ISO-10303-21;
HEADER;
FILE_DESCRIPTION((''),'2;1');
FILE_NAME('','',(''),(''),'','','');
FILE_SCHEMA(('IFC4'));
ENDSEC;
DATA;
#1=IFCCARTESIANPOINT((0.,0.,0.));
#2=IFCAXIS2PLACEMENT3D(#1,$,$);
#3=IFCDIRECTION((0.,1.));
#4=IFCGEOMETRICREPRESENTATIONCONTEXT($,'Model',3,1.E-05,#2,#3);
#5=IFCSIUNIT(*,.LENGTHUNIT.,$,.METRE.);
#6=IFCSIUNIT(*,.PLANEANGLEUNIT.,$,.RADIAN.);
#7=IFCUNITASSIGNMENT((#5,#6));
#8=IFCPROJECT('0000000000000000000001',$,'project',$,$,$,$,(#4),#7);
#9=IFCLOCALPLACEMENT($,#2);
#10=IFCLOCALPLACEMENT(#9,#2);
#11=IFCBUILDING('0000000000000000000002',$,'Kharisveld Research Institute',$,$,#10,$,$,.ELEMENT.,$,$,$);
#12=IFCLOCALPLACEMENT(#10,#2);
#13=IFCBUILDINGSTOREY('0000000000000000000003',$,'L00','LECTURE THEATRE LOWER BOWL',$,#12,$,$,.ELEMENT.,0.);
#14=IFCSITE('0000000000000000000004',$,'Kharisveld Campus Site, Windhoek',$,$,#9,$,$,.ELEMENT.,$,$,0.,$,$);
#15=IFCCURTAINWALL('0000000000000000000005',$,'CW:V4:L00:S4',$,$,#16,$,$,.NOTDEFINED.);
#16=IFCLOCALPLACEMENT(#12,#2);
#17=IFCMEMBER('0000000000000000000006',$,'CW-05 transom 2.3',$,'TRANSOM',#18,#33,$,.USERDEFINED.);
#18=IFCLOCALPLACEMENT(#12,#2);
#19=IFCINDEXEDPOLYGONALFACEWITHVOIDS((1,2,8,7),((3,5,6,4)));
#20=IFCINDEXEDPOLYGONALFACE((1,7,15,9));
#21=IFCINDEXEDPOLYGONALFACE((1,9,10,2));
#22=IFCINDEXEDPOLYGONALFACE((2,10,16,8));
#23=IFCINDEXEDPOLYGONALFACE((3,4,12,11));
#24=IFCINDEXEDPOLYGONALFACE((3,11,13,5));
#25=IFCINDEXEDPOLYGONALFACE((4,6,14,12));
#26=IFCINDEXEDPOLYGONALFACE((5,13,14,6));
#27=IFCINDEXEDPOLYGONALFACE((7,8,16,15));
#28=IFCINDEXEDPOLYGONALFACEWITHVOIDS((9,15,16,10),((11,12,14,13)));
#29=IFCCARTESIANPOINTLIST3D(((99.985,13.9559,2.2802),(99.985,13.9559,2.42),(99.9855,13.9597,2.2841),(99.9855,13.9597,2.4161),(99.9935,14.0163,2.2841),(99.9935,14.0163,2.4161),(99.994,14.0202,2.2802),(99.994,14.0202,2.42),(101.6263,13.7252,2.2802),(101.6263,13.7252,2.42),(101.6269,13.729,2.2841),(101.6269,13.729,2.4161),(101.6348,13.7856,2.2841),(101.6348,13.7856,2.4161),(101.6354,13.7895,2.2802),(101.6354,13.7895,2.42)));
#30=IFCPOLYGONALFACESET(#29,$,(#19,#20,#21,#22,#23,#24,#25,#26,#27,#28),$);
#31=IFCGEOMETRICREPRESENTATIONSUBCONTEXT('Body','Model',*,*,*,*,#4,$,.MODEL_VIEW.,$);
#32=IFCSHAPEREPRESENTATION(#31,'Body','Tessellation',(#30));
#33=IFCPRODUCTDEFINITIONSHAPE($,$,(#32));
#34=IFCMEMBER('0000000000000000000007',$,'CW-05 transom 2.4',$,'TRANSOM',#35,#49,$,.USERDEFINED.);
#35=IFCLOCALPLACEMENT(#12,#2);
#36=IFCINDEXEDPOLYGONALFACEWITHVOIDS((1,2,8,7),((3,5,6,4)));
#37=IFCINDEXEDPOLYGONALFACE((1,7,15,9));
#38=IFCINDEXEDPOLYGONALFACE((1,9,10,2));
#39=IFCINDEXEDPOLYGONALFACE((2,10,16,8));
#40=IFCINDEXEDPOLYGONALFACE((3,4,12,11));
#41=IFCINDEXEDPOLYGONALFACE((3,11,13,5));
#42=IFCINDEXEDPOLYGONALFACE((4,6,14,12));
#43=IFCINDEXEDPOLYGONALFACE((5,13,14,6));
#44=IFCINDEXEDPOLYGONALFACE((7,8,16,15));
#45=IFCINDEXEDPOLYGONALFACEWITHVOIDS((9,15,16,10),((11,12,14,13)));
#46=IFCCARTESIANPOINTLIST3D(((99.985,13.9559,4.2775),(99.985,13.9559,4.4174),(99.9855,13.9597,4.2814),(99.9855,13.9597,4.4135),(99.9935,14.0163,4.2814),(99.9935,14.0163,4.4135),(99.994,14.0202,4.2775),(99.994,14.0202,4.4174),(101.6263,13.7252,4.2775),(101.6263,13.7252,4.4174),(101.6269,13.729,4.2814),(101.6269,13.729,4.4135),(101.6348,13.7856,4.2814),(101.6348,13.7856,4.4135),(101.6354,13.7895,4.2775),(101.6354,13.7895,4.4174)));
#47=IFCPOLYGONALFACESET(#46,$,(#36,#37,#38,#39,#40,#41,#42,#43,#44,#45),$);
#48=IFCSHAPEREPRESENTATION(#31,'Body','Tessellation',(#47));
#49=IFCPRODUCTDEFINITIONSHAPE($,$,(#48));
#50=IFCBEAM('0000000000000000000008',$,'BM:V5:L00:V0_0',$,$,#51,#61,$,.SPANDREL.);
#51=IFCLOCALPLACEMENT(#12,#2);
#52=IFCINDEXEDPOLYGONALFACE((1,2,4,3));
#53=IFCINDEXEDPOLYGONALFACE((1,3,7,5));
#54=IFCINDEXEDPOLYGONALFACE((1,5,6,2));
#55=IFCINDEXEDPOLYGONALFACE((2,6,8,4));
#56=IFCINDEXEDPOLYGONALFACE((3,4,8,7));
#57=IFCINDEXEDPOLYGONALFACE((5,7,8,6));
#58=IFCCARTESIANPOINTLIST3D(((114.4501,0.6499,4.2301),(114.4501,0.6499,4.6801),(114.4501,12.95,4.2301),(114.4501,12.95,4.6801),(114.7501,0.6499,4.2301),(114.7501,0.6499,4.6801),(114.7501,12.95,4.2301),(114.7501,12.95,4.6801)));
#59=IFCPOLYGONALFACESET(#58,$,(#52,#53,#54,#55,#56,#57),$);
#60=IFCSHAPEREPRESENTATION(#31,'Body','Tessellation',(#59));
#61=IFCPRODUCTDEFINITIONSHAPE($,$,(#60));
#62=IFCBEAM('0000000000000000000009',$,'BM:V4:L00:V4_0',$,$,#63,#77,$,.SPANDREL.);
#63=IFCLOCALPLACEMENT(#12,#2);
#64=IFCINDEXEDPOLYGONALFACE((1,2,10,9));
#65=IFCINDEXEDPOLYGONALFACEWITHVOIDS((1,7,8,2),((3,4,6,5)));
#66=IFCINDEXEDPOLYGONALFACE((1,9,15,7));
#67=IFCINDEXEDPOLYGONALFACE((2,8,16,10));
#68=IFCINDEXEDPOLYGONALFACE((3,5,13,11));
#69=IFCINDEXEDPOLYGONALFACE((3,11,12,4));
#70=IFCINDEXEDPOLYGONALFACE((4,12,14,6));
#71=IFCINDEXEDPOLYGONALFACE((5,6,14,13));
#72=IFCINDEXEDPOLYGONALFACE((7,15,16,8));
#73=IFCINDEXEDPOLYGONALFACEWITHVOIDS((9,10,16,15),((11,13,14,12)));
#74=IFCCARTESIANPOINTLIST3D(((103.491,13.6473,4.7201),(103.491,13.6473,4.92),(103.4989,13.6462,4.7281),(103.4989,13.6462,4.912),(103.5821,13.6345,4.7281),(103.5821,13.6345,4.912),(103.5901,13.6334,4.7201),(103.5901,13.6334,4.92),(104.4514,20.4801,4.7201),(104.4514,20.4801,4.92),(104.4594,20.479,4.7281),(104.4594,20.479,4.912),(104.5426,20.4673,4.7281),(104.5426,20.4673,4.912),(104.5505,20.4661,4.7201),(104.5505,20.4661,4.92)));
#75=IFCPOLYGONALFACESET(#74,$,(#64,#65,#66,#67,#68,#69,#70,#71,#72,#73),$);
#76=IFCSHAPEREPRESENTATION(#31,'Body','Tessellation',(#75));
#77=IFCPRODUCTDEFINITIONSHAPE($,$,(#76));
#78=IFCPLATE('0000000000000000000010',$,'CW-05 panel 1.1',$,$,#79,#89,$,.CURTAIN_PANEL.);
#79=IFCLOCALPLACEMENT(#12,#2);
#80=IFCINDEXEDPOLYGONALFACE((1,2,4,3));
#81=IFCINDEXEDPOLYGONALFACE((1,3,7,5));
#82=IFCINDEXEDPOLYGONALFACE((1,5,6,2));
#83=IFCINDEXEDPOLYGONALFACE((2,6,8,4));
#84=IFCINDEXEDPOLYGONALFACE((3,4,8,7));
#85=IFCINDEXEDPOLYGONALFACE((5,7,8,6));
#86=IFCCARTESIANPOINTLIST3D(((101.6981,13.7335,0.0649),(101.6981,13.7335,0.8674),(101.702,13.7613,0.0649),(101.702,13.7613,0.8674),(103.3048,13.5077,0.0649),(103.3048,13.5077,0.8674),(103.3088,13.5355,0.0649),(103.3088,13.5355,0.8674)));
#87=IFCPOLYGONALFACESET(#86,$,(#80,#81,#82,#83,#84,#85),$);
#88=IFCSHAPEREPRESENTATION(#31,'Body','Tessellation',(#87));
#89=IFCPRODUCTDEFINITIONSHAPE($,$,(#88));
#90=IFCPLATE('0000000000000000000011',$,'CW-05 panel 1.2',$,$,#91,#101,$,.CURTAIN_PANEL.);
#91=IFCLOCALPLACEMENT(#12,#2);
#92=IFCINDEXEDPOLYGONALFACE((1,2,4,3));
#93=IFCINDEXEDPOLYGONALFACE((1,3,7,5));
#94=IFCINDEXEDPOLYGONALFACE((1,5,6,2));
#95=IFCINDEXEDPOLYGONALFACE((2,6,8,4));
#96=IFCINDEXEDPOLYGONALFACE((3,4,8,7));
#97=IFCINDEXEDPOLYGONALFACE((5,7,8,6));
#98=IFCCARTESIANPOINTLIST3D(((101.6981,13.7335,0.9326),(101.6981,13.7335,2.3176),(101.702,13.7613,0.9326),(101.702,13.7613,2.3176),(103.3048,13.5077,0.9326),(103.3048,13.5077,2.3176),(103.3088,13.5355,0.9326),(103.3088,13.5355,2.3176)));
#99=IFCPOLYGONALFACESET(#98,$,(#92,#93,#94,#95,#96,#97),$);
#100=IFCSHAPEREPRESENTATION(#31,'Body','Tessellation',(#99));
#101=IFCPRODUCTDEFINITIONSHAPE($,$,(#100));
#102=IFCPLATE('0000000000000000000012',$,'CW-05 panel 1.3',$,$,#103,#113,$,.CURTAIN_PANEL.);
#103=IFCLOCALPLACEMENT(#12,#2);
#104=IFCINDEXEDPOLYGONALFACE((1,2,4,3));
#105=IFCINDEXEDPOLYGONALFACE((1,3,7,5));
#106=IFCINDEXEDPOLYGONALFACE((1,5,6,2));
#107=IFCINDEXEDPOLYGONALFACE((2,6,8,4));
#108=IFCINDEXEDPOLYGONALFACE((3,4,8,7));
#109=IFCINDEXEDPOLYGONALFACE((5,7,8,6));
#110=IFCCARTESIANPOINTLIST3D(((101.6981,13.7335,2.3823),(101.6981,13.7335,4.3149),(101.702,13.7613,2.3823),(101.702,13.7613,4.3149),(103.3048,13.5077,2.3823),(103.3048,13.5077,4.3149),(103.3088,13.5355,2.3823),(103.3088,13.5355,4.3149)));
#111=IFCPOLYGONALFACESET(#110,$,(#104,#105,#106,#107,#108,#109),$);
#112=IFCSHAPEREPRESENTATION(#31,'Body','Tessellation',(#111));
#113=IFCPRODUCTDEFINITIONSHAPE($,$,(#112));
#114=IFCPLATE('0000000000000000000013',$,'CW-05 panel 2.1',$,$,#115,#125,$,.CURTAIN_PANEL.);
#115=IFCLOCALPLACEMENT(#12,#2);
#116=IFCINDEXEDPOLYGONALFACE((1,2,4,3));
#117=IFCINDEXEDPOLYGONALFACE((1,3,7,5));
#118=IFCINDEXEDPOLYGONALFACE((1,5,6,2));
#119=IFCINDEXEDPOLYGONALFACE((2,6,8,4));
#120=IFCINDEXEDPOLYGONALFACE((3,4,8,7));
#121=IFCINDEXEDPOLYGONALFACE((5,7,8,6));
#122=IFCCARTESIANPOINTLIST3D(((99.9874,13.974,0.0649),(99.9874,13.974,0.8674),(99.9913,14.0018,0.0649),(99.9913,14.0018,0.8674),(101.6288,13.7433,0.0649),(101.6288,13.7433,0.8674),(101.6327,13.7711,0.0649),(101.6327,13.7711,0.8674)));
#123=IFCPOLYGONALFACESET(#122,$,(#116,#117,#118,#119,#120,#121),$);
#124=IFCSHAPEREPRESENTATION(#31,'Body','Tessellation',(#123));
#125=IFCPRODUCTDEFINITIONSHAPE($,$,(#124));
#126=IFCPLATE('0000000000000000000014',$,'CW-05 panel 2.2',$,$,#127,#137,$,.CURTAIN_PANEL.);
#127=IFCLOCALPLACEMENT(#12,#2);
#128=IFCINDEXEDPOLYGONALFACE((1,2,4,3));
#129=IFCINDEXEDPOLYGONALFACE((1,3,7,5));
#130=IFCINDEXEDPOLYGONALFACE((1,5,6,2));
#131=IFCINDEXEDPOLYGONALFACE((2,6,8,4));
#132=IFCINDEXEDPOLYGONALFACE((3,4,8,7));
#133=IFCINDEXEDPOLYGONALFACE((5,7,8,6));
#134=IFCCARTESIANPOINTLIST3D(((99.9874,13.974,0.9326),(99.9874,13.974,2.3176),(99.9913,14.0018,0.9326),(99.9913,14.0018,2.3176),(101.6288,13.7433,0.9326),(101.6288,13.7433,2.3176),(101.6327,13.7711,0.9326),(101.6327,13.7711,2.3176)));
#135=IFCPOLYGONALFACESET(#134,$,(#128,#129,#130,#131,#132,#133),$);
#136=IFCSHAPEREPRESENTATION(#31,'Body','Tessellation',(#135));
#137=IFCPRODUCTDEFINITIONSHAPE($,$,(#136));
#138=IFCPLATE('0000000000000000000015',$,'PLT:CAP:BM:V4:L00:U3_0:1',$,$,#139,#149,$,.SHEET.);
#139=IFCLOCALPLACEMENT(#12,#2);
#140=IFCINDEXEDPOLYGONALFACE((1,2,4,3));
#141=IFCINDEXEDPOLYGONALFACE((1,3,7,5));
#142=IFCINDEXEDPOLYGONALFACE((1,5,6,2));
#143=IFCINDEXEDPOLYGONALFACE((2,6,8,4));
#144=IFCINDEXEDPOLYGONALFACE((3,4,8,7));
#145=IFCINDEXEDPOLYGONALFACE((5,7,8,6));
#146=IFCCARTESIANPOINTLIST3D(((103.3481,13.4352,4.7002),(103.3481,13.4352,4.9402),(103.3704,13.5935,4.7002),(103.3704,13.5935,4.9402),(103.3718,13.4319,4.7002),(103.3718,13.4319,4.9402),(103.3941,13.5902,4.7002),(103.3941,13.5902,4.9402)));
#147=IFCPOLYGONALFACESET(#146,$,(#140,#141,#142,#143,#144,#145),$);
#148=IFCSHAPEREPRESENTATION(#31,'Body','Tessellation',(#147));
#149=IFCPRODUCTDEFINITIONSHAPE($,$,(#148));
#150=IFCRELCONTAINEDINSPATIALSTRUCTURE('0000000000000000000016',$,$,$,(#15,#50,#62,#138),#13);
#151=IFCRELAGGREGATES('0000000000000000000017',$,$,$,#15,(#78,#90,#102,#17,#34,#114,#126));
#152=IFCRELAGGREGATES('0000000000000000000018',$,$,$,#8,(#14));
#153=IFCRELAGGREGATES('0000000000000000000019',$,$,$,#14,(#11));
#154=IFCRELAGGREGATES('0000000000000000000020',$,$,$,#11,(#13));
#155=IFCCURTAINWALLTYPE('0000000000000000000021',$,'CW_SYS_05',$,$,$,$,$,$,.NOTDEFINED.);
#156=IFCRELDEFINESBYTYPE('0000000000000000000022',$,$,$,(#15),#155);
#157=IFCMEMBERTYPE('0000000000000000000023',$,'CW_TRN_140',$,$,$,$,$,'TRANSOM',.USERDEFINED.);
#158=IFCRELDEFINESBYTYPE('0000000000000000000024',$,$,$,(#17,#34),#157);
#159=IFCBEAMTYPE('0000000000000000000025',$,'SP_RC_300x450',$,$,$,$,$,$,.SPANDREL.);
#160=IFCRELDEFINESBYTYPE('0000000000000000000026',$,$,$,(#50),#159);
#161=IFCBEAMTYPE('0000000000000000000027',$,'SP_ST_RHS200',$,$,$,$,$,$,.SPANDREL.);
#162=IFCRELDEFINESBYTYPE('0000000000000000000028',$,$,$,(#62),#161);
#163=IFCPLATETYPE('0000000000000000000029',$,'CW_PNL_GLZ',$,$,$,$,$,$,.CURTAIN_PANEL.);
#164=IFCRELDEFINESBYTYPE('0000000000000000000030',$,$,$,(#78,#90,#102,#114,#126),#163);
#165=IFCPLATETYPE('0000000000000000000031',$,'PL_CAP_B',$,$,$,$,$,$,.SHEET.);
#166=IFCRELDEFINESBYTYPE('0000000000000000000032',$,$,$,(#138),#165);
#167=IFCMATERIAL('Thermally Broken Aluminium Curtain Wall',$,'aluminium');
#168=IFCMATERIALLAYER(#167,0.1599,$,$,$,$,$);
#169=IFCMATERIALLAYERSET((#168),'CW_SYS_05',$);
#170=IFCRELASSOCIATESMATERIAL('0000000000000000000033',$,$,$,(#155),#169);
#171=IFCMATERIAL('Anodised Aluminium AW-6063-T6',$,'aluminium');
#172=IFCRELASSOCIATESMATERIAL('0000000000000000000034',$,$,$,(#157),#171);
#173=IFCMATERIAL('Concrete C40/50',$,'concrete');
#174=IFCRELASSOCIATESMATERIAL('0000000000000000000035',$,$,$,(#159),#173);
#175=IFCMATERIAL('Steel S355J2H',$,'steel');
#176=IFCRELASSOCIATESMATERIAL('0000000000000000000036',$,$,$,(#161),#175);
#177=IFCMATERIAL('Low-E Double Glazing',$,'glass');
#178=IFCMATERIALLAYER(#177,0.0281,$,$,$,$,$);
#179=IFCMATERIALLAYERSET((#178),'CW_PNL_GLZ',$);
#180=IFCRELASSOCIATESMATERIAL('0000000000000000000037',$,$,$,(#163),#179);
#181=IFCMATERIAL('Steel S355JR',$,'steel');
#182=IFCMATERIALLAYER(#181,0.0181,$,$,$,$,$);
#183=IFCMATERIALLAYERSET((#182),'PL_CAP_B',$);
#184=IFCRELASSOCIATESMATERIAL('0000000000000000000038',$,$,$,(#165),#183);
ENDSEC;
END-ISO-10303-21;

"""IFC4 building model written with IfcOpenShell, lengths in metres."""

from ifc_helpers import new_model, si_unit, direction, frame, origin, origin_2d, place, context, subcontext, project, spatial, rectangle, hollow_rectangle, extrude, material, layer, layer_set, material_profile, profile_set, type_object, element, aggregate, save


model = new_model("IFC4")

# Units and contexts
model_context = context("Model", 3, precision=1e-05, world=origin(), true_north=direction((0.0, 1.0)))
body_context = subcontext(model_context, "Body", "Model", "MODEL_VIEW")
ifc_project = project(units=[si_unit("LENGTHUNIT", "METRE"), si_unit("PLANEANGLEUNIT", "RADIAN")], contexts=[model_context])

# Site, building, storey
site_placement = place(None, origin())
site = spatial("IfcSite", under=ifc_project, at=site_placement, Name="Kharisveld Campus Site, Windhoek", CompositionType="ELEMENT", RefElevation=0.0)
building_placement = place(site_placement, origin())
building = spatial("IfcBuilding", under=site, at=building_placement, Name="Kharisveld Research Institute", CompositionType="ELEMENT")
storey_placement = place(building_placement, origin())
storey = spatial("IfcBuildingStorey", under=building, at=storey_placement, Name="L00", Description="LECTURE THEATRE LOWER BOWL", CompositionType="ELEMENT", Elevation=0.0)

# Curtain wall, members
ifc_material_1 = material(Name="Thermally Broken Aluminium Curtain Wall", Category="aluminium")
ifc_layer_1 = layer(ifc_material_1, 0.1599)
ifc_layer_set_1 = layer_set([ifc_layer_1], Name="CW_SYS_05")
curtain_wall_type = type_object("IfcCurtainWallType", Name="CW_SYS_05", PredefinedType="NOTDEFINED", material=ifc_layer_set_1)
curtain_wall_placement = place(storey_placement, origin())
curtain_wall = element("IfcCurtainWall", 1, at=curtain_wall_placement, inside=storey, type_object=curtain_wall_type, Name="CW:V4:L00:S4", PredefinedType="NOTDEFINED")
ifc_material_2 = material(Name="Anodised Aluminium AW-6063-T6", Category="aluminium")
ifc_material_profile_1 = material_profile(ifc_material_2, hollow_rectangle(XDim=0.0649, YDim=0.1399, WallThickness=0.0039, at=origin_2d()))
ifc_profile_set_1 = profile_set([ifc_material_profile_1], Name="Anodised Aluminium AW-6063-T6")
member_type_1 = type_object("IfcMemberType", Name="CW_TRN_140", ElementType="TRANSOM", PredefinedType="USERDEFINED", material=ifc_profile_set_1)
member_1_placement = place(storey_placement, frame((101.6309, 13.7573, 2.3501), z_axis=(-0.990265, 0.139194, 0.0), x_axis=(-0.139194, -0.990265, 0.0)))
member_1 = element("IfcMember", 2, at=member_1_placement, type_object=member_type_1, Name="CW-05 transom 2.3", ObjectType="TRANSOM", PredefinedType="USERDEFINED", context=body_context, shape_type="SweptSolid", body=[
    extrude(hollow_rectangle(XDim=0.0649, YDim=0.1399, WallThickness=0.0039, at=origin_2d()), origin(), (0.0, 0.0, 1.0), 1.6575),
])
member_2_placement = place(storey_placement, frame((101.6309, 13.7573, 4.3474), z_axis=(-0.990265, 0.139194, 0.0), x_axis=(-0.139194, -0.990265, 0.0)))
member_2 = element("IfcMember", 3, at=member_2_placement, type_object=member_type_1, Name="CW-05 transom 2.4", ObjectType="TRANSOM", PredefinedType="USERDEFINED", context=body_context, shape_type="SweptSolid", body=[
    extrude(hollow_rectangle(XDim=0.0649, YDim=0.1399, WallThickness=0.0039, at=origin_2d()), origin(), (0.0, 0.0, 1.0), 1.6575),
])

# Beams
ifc_material_3 = material(Name="Concrete C40/50", Category="concrete")
ifc_material_profile_2 = material_profile(ifc_material_3, rectangle(XDim=0.3, YDim=0.45, at=origin_2d()))
ifc_profile_set_2 = profile_set([ifc_material_profile_2], Name="Concrete C40/50")
beam_type_1 = type_object("IfcBeamType", Name="SP_RC_300x450", PredefinedType="SPANDREL", material=ifc_profile_set_2)
beam_1_placement = place(storey_placement, frame((114.6001, 0.6499, 4.4551), z_axis=(0.0, 1.0, 0.0), x_axis=(-1.0, 0.0, 0.0)))
element("IfcBeam", 4, at=beam_1_placement, inside=storey, type_object=beam_type_1, Name="BM:V5:L00:V0_0", PredefinedType="SPANDREL", context=body_context, shape_type="SweptSolid", body=[
    extrude(rectangle(XDim=0.3, YDim=0.45, at=origin_2d()), origin(), (0.0, 0.0, 1.0), 12.3),
])
ifc_material_4 = material(Name="Steel S355J2H", Category="steel")
ifc_material_profile_3 = material_profile(ifc_material_4, hollow_rectangle(XDim=0.1001, YDim=0.2, WallThickness=0.0081, at=origin_2d()))
ifc_profile_set_3 = profile_set([ifc_material_profile_3], Name="Steel S355J2H")
beam_type_2 = type_object("IfcBeamType", Name="SP_ST_RHS200", PredefinedType="SPANDREL", material=ifc_profile_set_3)
beam_2_placement = place(storey_placement, frame((103.5405, 13.6404, 4.8201), z_axis=(0.139197, 0.990265, 0.0), x_axis=(-0.990265, 0.139197, 0.0)))
element("IfcBeam", 5, at=beam_2_placement, inside=storey, type_object=beam_type_2, Name="BM:V4:L00:V4_0", PredefinedType="SPANDREL", context=body_context, shape_type="SweptSolid", body=[
    extrude(hollow_rectangle(XDim=0.1001, YDim=0.2, WallThickness=0.0081, at=origin_2d()), origin(), (0.0, 0.0, 1.0), 6.8999),
])

# Plates
ifc_material_5 = material(Name="Low-E Double Glazing", Category="glass")
ifc_layer_2 = layer(ifc_material_5, 0.0281)
ifc_layer_set_2 = layer_set([ifc_layer_2], Name="CW_PNL_GLZ")
plate_type_1 = type_object("IfcPlateType", Name="CW_PNL_GLZ", PredefinedType="CURTAIN_PANEL", material=ifc_layer_set_2)
plate_1_placement = place(storey_placement, frame((102.5034, 13.6345, 0.0649), z_axis=(0.0, 0.0, 1.0), x_axis=(-0.990268, 0.139173, 0.0)))
plate_1 = element("IfcPlate", 6, at=plate_1_placement, type_object=plate_type_1, Name="CW-05 panel 1.1", PredefinedType="CURTAIN_PANEL", context=body_context, shape_type="SweptSolid", body=[
    extrude(rectangle(XDim=1.6226, YDim=0.0281, at=origin_2d()), origin(), (0.0, 0.0, 1.0), 0.8025),
])
plate_2_placement = place(storey_placement, frame((102.5034, 13.6345, 0.9326), z_axis=(0.0, 0.0, 1.0), x_axis=(-0.990268, 0.139173, 0.0)))
plate_2 = element("IfcPlate", 7, at=plate_2_placement, type_object=plate_type_1, Name="CW-05 panel 1.2", PredefinedType="CURTAIN_PANEL", context=body_context, shape_type="SweptSolid", body=[
    extrude(rectangle(XDim=1.6226, YDim=0.0281, at=origin_2d()), origin(), (0.0, 0.0, 1.0), 1.385),
])
plate_3_placement = place(storey_placement, frame((102.5034, 13.6345, 2.3823), z_axis=(0.0, 0.0, 1.0), x_axis=(-0.990268, 0.139173, 0.0)))
plate_3 = element("IfcPlate", 8, at=plate_3_placement, type_object=plate_type_1, Name="CW-05 panel 1.3", PredefinedType="CURTAIN_PANEL", context=body_context, shape_type="SweptSolid", body=[
    extrude(rectangle(XDim=1.6226, YDim=0.0281, at=origin_2d()), origin(), (0.0, 0.0, 1.0), 1.9326),
])
plate_4_placement = place(storey_placement, frame((100.8101, 13.8726, 0.0649), z_axis=(0.0, 0.0, 1.0), x_axis=(-0.990268, 0.139173, 0.0)))
plate_4 = element("IfcPlate", 9, at=plate_4_placement, type_object=plate_type_1, Name="CW-05 panel 2.1", PredefinedType="CURTAIN_PANEL", context=body_context, shape_type="SweptSolid", body=[
    extrude(rectangle(XDim=1.6575, YDim=0.0281, at=origin_2d()), origin(), (0.0, 0.0, 1.0), 0.8025),
])
plate_5_placement = place(storey_placement, frame((100.8101, 13.8726, 0.9326), z_axis=(0.0, 0.0, 1.0), x_axis=(-0.990268, 0.139173, 0.0)))
plate_5 = element("IfcPlate", 10, at=plate_5_placement, type_object=plate_type_1, Name="CW-05 panel 2.2", PredefinedType="CURTAIN_PANEL", context=body_context, shape_type="SweptSolid", body=[
    extrude(rectangle(XDim=1.6575, YDim=0.0281, at=origin_2d()), origin(), (0.0, 0.0, 1.0), 1.385),
])
aggregate(curtain_wall, [plate_1, plate_2, plate_3, member_1, member_2, plate_4, plate_5])
ifc_material_6 = material(Name="Steel S355JR", Category="steel")
ifc_layer_3 = layer(ifc_material_6, 0.0181)
ifc_layer_set_3 = layer_set([ifc_layer_3], Name="PL_CAP_B")
plate_type_2 = type_object("IfcPlateType", Name="PL_CAP_B", PredefinedType="SHEET", material=ifc_layer_set_3)
plate_6_placement = place(storey_placement, frame((103.3711, 13.5127, 4.7002), z_axis=(0.0, 0.0, 1.0), x_axis=(0.990268, -0.139173, 0.0)))
element("IfcPlate", 11, at=plate_6_placement, inside=storey, type_object=plate_type_2, Name="PLT:CAP:BM:V4:L00:U3_0:1", PredefinedType="SHEET", context=body_context, shape_type="SweptSolid", body=[
    extrude(rectangle(XDim=0.0239, YDim=0.1599, at=origin_2d()), origin(), (0.0, 0.0, 1.0), 0.24),
])

save(model, "model.ifc")
